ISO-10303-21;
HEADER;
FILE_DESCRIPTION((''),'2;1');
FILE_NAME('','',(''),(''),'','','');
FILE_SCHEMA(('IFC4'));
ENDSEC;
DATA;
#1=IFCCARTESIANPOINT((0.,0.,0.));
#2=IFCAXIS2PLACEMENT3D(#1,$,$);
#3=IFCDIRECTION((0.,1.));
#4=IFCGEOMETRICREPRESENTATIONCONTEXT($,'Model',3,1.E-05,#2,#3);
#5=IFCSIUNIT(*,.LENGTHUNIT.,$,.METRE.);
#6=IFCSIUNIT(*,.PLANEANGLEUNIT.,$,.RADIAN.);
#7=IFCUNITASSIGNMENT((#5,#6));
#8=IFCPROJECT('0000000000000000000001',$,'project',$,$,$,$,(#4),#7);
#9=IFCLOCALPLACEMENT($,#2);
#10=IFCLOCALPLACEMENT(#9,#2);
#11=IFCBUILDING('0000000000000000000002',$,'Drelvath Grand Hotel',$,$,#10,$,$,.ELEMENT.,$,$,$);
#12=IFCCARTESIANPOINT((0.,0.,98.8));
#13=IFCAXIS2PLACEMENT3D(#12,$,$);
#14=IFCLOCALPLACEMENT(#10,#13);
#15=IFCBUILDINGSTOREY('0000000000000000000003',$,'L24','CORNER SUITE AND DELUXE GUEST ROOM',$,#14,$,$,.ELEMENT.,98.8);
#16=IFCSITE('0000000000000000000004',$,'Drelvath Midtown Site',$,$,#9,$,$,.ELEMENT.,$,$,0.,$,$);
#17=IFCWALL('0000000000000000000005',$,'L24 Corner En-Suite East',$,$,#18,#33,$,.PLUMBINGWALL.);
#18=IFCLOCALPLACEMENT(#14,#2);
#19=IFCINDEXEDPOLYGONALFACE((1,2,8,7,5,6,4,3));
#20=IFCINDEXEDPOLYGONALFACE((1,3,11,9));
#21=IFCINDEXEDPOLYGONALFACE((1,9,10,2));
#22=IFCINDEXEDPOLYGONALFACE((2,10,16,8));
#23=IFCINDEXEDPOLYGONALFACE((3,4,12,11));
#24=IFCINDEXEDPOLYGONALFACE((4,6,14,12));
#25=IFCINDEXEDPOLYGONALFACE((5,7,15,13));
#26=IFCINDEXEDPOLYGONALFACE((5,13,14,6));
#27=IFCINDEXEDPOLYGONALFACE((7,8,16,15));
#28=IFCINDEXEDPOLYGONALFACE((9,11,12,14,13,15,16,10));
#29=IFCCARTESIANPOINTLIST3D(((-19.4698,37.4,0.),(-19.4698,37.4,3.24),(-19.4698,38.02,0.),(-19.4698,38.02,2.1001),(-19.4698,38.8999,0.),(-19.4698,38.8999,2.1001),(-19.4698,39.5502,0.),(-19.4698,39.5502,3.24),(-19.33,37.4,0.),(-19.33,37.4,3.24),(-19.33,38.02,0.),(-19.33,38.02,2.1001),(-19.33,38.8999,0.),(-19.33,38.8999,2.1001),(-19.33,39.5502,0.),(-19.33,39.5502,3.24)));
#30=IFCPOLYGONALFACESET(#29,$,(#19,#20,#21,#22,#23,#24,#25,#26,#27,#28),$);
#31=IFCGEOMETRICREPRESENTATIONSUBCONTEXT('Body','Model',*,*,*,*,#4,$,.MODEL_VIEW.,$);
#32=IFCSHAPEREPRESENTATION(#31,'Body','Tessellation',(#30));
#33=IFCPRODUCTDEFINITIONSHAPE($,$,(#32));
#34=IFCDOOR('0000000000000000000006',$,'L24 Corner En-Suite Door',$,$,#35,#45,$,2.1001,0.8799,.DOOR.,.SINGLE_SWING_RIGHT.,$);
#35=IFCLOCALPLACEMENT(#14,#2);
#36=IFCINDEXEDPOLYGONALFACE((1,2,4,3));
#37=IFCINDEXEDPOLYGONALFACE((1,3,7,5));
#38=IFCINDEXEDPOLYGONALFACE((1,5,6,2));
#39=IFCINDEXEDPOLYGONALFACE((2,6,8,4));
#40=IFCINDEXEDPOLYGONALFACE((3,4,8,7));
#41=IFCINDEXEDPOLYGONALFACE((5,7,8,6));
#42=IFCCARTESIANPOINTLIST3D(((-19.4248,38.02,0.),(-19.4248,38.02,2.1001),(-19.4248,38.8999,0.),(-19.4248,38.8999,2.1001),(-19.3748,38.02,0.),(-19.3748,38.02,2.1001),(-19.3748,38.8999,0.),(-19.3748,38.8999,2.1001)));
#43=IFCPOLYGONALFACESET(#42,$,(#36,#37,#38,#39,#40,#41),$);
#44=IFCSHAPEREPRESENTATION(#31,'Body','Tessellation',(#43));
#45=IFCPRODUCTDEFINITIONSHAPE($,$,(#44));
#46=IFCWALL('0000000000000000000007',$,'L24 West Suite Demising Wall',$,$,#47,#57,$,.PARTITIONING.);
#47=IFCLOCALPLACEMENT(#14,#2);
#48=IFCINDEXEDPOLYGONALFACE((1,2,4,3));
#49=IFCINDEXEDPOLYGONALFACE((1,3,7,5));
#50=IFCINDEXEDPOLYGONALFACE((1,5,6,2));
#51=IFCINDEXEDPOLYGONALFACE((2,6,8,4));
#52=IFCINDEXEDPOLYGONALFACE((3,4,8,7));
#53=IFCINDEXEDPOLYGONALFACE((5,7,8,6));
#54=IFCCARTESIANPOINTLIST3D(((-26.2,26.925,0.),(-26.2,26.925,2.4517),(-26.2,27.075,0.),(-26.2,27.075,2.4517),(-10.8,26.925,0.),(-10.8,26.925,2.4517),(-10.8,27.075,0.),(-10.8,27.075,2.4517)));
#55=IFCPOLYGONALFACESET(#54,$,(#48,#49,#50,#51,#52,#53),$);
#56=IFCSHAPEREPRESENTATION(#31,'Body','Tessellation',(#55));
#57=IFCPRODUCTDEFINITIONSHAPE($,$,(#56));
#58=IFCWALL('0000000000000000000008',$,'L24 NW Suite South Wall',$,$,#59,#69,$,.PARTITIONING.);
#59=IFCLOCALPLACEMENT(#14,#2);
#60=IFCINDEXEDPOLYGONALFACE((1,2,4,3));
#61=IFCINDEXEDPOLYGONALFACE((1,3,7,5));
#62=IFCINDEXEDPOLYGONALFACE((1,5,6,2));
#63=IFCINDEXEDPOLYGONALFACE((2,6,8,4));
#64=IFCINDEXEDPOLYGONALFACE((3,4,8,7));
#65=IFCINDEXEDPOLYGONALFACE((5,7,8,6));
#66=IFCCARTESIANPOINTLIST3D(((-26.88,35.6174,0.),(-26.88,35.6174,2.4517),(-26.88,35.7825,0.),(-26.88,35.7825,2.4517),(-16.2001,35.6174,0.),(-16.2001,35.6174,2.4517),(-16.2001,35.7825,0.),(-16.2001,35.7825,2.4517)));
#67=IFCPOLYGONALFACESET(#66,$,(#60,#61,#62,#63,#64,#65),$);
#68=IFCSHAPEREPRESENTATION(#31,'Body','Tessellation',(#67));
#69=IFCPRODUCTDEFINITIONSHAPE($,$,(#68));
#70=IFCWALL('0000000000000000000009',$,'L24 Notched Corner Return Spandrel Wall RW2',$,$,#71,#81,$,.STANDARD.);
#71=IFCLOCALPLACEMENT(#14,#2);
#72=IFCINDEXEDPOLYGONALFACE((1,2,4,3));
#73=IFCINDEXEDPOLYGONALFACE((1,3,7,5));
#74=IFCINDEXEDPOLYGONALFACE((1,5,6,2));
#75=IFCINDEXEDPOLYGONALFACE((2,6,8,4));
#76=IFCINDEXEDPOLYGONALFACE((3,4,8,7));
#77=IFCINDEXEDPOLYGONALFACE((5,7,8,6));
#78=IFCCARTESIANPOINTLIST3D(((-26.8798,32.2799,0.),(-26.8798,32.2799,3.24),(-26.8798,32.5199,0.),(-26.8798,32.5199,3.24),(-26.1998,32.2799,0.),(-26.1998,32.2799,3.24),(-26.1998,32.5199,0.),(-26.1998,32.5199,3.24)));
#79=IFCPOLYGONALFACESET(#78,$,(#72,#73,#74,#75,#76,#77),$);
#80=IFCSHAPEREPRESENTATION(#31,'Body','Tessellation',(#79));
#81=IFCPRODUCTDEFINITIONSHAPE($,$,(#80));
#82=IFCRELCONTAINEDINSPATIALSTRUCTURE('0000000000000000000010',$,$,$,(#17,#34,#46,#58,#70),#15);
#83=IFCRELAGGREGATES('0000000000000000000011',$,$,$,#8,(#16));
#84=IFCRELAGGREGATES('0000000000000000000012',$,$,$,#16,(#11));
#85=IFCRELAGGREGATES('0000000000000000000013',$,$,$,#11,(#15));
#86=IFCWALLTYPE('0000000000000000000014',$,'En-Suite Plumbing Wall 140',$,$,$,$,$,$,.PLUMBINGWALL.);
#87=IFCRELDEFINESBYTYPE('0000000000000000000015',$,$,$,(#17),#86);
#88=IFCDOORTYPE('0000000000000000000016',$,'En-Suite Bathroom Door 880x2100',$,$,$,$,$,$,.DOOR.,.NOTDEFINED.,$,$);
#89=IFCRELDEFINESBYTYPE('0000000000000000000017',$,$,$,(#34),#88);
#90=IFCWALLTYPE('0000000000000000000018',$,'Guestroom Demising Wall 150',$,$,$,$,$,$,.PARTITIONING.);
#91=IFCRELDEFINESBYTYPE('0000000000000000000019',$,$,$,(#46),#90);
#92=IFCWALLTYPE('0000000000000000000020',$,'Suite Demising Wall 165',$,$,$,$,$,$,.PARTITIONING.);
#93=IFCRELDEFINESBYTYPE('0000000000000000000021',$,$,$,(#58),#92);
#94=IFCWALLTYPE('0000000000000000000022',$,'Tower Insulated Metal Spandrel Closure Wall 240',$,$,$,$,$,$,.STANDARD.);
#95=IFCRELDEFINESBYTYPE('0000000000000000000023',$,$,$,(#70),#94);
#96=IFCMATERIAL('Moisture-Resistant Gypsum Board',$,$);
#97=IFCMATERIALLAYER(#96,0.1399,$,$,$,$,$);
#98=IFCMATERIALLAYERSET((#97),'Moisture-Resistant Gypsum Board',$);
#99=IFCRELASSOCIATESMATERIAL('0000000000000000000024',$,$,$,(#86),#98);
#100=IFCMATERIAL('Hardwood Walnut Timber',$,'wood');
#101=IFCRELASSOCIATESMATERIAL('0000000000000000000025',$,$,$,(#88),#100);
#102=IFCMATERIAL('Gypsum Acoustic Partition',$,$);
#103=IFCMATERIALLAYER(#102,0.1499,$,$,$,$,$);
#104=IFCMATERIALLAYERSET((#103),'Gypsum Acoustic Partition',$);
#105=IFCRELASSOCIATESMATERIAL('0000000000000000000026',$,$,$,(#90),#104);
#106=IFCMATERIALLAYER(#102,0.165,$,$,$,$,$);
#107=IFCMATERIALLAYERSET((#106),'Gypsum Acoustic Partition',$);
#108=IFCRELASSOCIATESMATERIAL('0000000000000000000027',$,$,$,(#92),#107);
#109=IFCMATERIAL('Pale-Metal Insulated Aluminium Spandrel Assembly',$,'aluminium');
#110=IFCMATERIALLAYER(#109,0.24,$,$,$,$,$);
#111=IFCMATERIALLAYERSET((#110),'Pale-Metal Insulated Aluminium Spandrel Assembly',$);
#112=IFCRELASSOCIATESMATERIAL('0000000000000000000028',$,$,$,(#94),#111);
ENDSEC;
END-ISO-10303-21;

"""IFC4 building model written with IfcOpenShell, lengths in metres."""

from ifc_helpers import new_model, si_unit, direction, frame, frame_2d, origin, place, context, subcontext, project, spatial, rectangle, extrude, material, layer, layer_set, type_object, element, fill, save


model = new_model("IFC4")

# Units and contexts
model_context = context("Model", 3, precision=1e-05, world=origin(), true_north=direction((0.0, 1.0)))
body_context = subcontext(model_context, "Body", "Model", "MODEL_VIEW")
ifc_project = project(units=[si_unit("LENGTHUNIT", "METRE"), si_unit("PLANEANGLEUNIT", "RADIAN")], contexts=[model_context])

# Site, building, storey
site_placement = place(None, origin())
site = spatial("IfcSite", under=ifc_project, at=site_placement, Name="Drelvath Midtown Site", CompositionType="ELEMENT", RefElevation=0.0)
building_placement = place(site_placement, origin())
building = spatial("IfcBuilding", under=site, at=building_placement, Name="Drelvath Grand Hotel", CompositionType="ELEMENT")
storey_placement = place(building_placement, frame((0.0, 0.0, 98.8)))
storey = spatial("IfcBuildingStorey", under=building, at=storey_placement, Name="L24", Description="CORNER SUITE AND DELUXE GUEST ROOM", CompositionType="ELEMENT", Elevation=98.8)

# Shared definitions
ifc_material_1 = material(Name="Moisture-Resistant Gypsum Board")
ifc_layer_1 = layer(ifc_material_1, 0.1399)
ifc_layer_set_1 = layer_set([ifc_layer_1], Name="Moisture-Resistant Gypsum Board")
wall_type_1 = type_object("IfcWallType", Name="En-Suite Plumbing Wall 140", PredefinedType="PLUMBINGWALL", material=ifc_layer_set_1)

# Wall, opening, door
wall_1_placement = place(storey_placement, frame((-19.3999, 37.3999, 0.0), z_axis=(0.0, 0.0, 1.0), x_axis=(0.0, 1.0, 0.0)))
wall_1 = element("IfcWall", 1, at=wall_1_placement, inside=storey, type_object=wall_type_1, Name="L24 Corner En-Suite East", PredefinedType="PLUMBINGWALL", context=body_context, shape_type="SweptSolid", body=[
    extrude(rectangle(XDim=2.1501, YDim=0.1399, at=frame_2d((1.0752, 0.0))), origin(), (0.0, 0.0, 1.0), 3.24),
])
opening_placement = place(wall_1_placement, frame((0.6201, 0.0, 0.0)))
opening = element("IfcOpeningElement", 2, at=opening_placement, cuts=wall_1, PredefinedType="OPENING", context=body_context, shape_type="SweptSolid", body=[
    extrude(rectangle(XDim=0.8799, YDim=2.1001, at=frame_2d((0.4399, 1.05))), frame((0.0, 0.0798, 0.0), z_axis=(0.0, -1.0, 0.0), x_axis=(1.0, 0.0, 0.0)), (0.0, 0.0, 1.0), 0.1599),
])
ifc_material_2 = material(Name="Hardwood Walnut Timber", Category="wood")
door_type = type_object("IfcDoorType", Name="En-Suite Bathroom Door 880x2100", OperationType="NOTDEFINED", PredefinedType="DOOR", material=ifc_material_2)
door_placement = place(opening_placement, origin())
door = element("IfcDoor", 3, at=door_placement, inside=storey, type_object=door_type, Name="L24 Corner En-Suite Door", OperationType="SINGLE_SWING_RIGHT", OverallHeight=2.1001, OverallWidth=0.8799, PredefinedType="DOOR", context=body_context, shape_type="SweptSolid", body=[
    extrude(rectangle(XDim=0.8799, YDim=2.1001, at=frame_2d((0.4399, 1.05))), frame((0.0, 0.0249, 0.0), z_axis=(0.0, -1.0, 0.0), x_axis=(1.0, 0.0, 0.0)), (0.0, 0.0, 1.0), 0.05),
])
fill(opening, door)

# Walls
ifc_material_3 = material(Name="Gypsum Acoustic Partition")
ifc_layer_2 = layer(ifc_material_3, 0.1499)
ifc_layer_set_2 = layer_set([ifc_layer_2], Name="Gypsum Acoustic Partition")
wall_type_2 = type_object("IfcWallType", Name="Guestroom Demising Wall 150", PredefinedType="PARTITIONING", material=ifc_layer_set_2)
wall_2_placement = place(storey_placement, frame((-26.2, 27.0, 0.0), z_axis=(0.0, 0.0, 1.0), x_axis=(1.0, 0.0, 0.0)))
element("IfcWall", 4, at=wall_2_placement, inside=storey, type_object=wall_type_2, Name="L24 West Suite Demising Wall", PredefinedType="PARTITIONING", context=body_context, shape_type="SweptSolid", body=[
    extrude(rectangle(XDim=15.3999, YDim=0.1499, at=frame_2d((7.7, 0.0))), origin(), (0.0, 0.0, 1.0), 2.4517),
])
ifc_layer_3 = layer(ifc_material_3, 0.165)
ifc_layer_set_3 = layer_set([ifc_layer_3], Name="Gypsum Acoustic Partition")
wall_type_3 = type_object("IfcWallType", Name="Suite Demising Wall 165", PredefinedType="PARTITIONING", material=ifc_layer_set_3)
wall_3_placement = place(storey_placement, frame((-26.8799, 35.7, 0.0), z_axis=(0.0, 0.0, 1.0), x_axis=(1.0, 0.0, 0.0)))
element("IfcWall", 5, at=wall_3_placement, inside=storey, type_object=wall_type_3, Name="L24 NW Suite South Wall", PredefinedType="PARTITIONING", context=body_context, shape_type="SweptSolid", body=[
    extrude(rectangle(XDim=10.6799, YDim=0.165, at=frame_2d((5.3398, 0.0))), origin(), (0.0, 0.0, 1.0), 2.4517),
])
ifc_material_4 = material(Name="Pale-Metal Insulated Aluminium Spandrel Assembly", Category="aluminium")
ifc_layer_4 = layer(ifc_material_4, 0.24)
ifc_layer_set_4 = layer_set([ifc_layer_4], Name="Pale-Metal Insulated Aluminium Spandrel Assembly")
wall_type_4 = type_object("IfcWallType", Name="Tower Insulated Metal Spandrel Closure Wall 240", PredefinedType="STANDARD", material=ifc_layer_set_4)
wall_4_placement = place(storey_placement, frame((-26.2, 32.3999, 0.0), z_axis=(0.0, 0.0, 1.0), x_axis=(-1.0, 0.0, 0.0)))
element("IfcWall", 6, at=wall_4_placement, inside=storey, type_object=wall_type_4, Name="L24 Notched Corner Return Spandrel Wall RW2", PredefinedType="STANDARD", context=body_context, shape_type="SweptSolid", body=[
    extrude(rectangle(XDim=0.6799, YDim=0.24, at=frame_2d((0.3398, 0.0))), origin(), (0.0, 0.0, 1.0), 3.24),
])

save(model, "model.ifc")
